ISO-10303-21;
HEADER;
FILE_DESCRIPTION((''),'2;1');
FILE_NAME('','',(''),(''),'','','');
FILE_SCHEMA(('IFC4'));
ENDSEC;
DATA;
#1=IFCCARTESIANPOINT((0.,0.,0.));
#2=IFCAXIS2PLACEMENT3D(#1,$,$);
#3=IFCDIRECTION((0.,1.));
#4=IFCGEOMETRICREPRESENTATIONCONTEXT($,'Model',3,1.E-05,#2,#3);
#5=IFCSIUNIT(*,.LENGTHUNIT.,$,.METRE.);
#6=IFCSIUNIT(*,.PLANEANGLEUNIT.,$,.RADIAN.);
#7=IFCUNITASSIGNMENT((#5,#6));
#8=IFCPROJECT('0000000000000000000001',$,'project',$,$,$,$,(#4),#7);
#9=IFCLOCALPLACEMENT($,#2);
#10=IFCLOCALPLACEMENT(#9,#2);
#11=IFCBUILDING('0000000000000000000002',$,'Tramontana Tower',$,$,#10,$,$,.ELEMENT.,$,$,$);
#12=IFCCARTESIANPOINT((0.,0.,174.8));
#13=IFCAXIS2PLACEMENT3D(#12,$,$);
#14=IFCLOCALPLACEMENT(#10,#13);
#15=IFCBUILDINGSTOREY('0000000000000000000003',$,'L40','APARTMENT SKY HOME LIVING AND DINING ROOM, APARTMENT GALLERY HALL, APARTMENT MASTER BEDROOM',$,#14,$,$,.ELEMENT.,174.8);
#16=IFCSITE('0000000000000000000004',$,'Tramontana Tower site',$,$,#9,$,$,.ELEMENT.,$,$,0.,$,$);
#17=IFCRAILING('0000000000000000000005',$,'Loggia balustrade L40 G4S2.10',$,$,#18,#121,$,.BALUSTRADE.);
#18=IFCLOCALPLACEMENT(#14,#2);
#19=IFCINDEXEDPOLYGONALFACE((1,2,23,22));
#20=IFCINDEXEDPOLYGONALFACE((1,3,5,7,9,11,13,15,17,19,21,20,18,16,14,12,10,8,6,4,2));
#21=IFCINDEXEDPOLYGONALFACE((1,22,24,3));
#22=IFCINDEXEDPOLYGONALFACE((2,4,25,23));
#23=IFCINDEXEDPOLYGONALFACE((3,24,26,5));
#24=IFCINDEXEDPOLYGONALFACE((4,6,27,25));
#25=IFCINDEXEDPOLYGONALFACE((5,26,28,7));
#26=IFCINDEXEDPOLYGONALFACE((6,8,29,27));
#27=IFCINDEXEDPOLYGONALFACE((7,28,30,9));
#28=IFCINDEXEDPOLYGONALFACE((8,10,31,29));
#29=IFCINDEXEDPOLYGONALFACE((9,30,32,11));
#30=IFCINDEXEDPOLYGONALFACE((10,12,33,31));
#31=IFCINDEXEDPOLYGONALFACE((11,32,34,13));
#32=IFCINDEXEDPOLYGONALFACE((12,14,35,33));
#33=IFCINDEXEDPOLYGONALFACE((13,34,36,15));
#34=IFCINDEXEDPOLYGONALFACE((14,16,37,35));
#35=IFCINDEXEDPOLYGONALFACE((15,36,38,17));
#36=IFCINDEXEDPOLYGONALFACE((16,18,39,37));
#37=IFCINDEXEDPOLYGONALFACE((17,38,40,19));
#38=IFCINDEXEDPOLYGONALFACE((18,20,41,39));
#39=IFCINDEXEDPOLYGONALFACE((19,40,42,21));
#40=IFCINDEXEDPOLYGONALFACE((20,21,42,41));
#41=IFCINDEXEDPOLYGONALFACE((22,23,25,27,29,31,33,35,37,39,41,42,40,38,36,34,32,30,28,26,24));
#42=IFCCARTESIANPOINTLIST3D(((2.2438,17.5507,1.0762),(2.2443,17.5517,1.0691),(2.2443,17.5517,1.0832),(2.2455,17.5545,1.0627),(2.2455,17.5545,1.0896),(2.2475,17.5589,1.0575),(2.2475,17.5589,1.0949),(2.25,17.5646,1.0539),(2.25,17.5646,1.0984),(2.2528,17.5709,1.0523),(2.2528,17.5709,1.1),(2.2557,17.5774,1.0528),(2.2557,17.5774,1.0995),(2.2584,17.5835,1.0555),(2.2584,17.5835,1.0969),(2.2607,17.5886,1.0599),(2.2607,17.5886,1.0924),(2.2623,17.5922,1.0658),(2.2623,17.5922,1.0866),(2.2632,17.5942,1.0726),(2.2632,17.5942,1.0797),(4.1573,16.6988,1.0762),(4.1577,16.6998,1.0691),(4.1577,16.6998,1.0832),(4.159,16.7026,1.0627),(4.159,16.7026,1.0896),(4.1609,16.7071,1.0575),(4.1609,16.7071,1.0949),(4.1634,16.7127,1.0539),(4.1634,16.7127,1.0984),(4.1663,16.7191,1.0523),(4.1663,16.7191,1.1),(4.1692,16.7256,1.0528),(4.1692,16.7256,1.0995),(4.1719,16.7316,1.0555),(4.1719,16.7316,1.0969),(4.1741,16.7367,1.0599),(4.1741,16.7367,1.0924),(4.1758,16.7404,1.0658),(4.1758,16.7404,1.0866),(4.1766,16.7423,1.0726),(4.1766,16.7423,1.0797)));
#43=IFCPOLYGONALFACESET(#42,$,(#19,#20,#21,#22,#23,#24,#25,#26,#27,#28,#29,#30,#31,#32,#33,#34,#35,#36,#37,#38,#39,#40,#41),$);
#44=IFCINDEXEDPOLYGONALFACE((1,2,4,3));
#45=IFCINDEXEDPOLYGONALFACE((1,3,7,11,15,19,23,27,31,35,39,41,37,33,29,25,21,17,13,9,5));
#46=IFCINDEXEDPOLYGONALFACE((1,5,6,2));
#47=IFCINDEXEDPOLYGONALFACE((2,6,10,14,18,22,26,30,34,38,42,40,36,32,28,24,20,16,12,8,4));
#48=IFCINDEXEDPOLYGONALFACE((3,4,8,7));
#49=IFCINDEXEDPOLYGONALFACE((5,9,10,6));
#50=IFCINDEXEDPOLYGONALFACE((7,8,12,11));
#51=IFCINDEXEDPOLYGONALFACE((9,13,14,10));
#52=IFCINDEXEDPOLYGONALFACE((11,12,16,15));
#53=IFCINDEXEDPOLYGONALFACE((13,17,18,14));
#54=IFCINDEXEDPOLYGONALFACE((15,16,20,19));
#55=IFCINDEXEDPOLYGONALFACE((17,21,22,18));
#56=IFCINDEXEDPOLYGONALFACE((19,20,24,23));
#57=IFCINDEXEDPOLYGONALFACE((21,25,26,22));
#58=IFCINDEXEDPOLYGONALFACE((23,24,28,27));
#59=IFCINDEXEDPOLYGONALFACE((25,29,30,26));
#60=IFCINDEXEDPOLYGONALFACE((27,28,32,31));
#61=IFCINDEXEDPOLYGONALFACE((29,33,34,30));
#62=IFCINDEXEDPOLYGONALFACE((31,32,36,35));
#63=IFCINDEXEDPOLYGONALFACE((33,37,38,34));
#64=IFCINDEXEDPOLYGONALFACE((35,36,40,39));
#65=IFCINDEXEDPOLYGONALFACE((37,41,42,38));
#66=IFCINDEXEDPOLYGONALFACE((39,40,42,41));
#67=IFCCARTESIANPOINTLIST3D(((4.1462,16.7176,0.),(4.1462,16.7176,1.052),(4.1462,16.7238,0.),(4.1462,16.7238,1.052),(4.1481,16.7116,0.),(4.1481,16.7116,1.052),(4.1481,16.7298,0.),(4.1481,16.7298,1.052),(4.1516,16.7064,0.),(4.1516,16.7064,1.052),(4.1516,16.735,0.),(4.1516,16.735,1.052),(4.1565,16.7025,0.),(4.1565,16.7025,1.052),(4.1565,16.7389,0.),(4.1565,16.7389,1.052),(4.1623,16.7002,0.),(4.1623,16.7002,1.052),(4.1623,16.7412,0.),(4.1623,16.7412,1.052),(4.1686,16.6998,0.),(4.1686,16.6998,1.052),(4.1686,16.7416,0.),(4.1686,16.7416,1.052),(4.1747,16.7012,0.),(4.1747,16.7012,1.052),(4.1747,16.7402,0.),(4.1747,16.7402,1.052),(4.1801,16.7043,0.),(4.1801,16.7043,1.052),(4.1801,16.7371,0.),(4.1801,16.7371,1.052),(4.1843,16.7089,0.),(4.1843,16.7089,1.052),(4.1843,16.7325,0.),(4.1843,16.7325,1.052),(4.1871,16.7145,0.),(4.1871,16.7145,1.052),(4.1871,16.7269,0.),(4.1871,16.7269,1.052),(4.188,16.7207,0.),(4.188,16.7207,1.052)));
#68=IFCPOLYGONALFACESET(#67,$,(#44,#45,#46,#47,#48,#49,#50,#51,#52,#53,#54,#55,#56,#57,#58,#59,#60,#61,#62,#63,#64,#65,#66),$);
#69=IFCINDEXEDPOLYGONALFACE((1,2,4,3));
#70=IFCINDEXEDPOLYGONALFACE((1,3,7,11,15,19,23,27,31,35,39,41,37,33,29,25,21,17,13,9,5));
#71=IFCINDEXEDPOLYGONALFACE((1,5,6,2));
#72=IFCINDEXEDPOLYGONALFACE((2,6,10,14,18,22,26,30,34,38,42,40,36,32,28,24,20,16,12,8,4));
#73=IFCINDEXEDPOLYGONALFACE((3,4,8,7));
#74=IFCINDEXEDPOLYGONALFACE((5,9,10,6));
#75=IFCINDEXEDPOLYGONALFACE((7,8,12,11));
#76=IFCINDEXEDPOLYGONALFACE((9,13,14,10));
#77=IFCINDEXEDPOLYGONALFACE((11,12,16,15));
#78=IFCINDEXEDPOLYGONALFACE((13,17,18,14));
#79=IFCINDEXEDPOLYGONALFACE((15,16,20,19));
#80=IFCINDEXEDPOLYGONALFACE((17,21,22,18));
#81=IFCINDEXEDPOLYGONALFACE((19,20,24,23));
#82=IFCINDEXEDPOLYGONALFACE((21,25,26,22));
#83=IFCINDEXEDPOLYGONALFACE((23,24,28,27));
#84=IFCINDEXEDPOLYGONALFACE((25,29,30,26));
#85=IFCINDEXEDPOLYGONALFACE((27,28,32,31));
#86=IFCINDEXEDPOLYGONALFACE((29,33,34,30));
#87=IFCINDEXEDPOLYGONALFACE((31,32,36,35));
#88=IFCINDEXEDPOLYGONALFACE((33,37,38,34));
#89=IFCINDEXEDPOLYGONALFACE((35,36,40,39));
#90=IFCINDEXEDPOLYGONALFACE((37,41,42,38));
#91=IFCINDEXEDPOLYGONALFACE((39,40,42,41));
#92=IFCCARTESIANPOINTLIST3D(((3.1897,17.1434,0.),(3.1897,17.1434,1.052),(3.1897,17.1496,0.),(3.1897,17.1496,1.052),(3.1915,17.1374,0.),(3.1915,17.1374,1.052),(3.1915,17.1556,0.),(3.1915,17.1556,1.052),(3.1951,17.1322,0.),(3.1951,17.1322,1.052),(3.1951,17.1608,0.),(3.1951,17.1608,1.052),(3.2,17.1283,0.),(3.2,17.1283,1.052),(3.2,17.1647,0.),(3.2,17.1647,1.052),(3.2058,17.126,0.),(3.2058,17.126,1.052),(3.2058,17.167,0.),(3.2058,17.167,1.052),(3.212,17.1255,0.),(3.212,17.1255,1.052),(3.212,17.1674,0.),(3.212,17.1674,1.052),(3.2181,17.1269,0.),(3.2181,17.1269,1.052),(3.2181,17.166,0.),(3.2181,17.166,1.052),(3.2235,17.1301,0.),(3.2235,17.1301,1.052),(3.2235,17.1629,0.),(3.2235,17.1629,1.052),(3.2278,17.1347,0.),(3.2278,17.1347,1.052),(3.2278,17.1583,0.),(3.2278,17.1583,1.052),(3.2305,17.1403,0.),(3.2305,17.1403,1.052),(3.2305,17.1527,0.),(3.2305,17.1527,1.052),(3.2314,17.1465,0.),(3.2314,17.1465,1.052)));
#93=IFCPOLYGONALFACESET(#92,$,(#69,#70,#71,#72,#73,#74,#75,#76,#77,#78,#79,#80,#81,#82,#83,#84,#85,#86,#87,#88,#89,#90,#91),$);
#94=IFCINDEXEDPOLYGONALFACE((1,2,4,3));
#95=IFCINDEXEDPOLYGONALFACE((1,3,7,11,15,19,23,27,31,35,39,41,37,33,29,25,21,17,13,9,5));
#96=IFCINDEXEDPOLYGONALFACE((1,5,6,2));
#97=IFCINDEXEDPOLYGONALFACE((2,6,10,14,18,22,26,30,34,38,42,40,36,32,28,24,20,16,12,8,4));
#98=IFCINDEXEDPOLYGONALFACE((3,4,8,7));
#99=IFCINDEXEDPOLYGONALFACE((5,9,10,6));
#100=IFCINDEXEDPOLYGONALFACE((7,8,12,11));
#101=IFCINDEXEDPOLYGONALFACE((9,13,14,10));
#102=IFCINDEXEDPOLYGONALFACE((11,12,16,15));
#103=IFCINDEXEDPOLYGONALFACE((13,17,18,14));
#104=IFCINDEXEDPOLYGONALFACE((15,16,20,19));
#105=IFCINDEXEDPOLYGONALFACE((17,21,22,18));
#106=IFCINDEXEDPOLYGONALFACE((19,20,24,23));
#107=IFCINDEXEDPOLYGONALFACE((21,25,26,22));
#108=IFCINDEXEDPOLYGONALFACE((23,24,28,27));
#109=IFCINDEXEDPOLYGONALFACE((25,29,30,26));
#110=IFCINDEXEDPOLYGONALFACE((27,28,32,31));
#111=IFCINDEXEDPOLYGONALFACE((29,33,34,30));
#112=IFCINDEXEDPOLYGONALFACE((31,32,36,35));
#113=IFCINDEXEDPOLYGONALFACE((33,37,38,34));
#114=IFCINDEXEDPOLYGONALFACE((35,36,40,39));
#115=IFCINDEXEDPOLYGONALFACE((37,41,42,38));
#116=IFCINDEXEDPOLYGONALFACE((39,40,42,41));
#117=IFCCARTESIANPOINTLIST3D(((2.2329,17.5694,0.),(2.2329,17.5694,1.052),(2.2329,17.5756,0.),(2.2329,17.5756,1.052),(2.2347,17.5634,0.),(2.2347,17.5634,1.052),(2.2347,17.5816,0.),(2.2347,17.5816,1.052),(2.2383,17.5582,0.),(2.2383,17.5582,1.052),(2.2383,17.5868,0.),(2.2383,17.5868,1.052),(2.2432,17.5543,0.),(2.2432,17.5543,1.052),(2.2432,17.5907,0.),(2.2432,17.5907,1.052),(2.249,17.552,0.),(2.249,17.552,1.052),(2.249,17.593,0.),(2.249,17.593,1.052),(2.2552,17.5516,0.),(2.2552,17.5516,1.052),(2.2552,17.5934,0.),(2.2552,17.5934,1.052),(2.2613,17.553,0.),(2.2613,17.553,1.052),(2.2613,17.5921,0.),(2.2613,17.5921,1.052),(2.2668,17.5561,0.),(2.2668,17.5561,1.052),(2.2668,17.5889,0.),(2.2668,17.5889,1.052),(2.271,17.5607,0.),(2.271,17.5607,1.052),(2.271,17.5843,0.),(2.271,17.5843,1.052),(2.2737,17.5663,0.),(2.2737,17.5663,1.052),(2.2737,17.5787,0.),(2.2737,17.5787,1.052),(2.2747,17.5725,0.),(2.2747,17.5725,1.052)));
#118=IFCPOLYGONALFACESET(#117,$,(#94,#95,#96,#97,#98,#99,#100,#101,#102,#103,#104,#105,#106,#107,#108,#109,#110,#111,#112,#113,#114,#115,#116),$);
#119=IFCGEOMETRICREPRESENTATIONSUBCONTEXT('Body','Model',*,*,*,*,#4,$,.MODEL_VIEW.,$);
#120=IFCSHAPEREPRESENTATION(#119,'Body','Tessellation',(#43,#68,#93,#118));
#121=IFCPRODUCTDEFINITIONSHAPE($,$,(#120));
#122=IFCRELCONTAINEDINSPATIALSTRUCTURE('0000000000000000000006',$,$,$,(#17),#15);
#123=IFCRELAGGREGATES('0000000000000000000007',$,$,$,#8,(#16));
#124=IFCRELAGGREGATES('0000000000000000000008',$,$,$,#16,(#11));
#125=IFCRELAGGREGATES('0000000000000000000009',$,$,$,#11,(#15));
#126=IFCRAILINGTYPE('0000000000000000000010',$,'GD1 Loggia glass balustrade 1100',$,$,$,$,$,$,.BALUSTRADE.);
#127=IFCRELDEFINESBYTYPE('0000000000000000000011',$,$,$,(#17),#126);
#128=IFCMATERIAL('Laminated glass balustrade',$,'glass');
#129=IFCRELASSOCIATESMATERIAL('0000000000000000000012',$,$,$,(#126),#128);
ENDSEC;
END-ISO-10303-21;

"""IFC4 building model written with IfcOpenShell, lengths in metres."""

from ifc_helpers import new_model, si_unit, direction, frame, origin, origin_2d, place, context, subcontext, project, spatial, circle, extrude, material, type_object, element, save


model = new_model("IFC4")

# Units and contexts
model_context = context("Model", 3, precision=1e-05, world=origin(), true_north=direction((0.0, 1.0)))
body_context = subcontext(model_context, "Body", "Model", "MODEL_VIEW")
ifc_project = project(units=[si_unit("LENGTHUNIT", "METRE"), si_unit("PLANEANGLEUNIT", "RADIAN")], contexts=[model_context])

# Site, building, storey
site_placement = place(None, origin())
site = spatial("IfcSite", under=ifc_project, at=site_placement, Name="Tramontana Tower site", CompositionType="ELEMENT", RefElevation=0.0)
building_placement = place(site_placement, origin())
building = spatial("IfcBuilding", under=site, at=building_placement, Name="Tramontana Tower", CompositionType="ELEMENT")
storey_placement = place(building_placement, frame((0.0, 0.0, 174.8)))
storey = spatial("IfcBuildingStorey", under=building, at=storey_placement, Name="L40", Description="APARTMENT SKY HOME LIVING AND DINING ROOM, APARTMENT GALLERY HALL, APARTMENT MASTER BEDROOM", CompositionType="ELEMENT", Elevation=174.8)

# Railing
ifc_material_1 = material(Name="Laminated glass balustrade", Category="glass")
railing_type = type_object("IfcRailingType", Name="GD1 Loggia glass balustrade 1100", PredefinedType="BALUSTRADE", material=ifc_material_1)
railing_placement = place(storey_placement, frame((4.167, 16.7207, 0.0)))
element("IfcRailing", 1, at=railing_placement, inside=storey, type_object=railing_type, Name="Loggia balustrade L40 G4S2.10", PredefinedType="BALUSTRADE", context=body_context, shape_type="SweptSolid", body=[
    extrude(circle(Radius=0.0239, at=origin_2d()), frame((0.0, 0.0, 1.0762), z_axis=(-0.913557, 0.406712, 0.0), x_axis=(-0.406712, -0.913557, 0.0)), (0.0, 0.0, 1.0), 2.0945),
    extrude(circle(Radius=0.021, at=origin_2d()), origin(), (0.0, 0.0, 1.0), 1.052),
    extrude(circle(Radius=0.021, at=origin_2d()), frame((-0.9565, 0.4258, 0.0)), (0.0, 0.0, 1.0), 1.052),
    extrude(circle(Radius=0.021, at=origin_2d()), frame((-1.9133, 0.8518, 0.0)), (0.0, 0.0, 1.0), 1.052),
])

save(model, "model.ifc")
